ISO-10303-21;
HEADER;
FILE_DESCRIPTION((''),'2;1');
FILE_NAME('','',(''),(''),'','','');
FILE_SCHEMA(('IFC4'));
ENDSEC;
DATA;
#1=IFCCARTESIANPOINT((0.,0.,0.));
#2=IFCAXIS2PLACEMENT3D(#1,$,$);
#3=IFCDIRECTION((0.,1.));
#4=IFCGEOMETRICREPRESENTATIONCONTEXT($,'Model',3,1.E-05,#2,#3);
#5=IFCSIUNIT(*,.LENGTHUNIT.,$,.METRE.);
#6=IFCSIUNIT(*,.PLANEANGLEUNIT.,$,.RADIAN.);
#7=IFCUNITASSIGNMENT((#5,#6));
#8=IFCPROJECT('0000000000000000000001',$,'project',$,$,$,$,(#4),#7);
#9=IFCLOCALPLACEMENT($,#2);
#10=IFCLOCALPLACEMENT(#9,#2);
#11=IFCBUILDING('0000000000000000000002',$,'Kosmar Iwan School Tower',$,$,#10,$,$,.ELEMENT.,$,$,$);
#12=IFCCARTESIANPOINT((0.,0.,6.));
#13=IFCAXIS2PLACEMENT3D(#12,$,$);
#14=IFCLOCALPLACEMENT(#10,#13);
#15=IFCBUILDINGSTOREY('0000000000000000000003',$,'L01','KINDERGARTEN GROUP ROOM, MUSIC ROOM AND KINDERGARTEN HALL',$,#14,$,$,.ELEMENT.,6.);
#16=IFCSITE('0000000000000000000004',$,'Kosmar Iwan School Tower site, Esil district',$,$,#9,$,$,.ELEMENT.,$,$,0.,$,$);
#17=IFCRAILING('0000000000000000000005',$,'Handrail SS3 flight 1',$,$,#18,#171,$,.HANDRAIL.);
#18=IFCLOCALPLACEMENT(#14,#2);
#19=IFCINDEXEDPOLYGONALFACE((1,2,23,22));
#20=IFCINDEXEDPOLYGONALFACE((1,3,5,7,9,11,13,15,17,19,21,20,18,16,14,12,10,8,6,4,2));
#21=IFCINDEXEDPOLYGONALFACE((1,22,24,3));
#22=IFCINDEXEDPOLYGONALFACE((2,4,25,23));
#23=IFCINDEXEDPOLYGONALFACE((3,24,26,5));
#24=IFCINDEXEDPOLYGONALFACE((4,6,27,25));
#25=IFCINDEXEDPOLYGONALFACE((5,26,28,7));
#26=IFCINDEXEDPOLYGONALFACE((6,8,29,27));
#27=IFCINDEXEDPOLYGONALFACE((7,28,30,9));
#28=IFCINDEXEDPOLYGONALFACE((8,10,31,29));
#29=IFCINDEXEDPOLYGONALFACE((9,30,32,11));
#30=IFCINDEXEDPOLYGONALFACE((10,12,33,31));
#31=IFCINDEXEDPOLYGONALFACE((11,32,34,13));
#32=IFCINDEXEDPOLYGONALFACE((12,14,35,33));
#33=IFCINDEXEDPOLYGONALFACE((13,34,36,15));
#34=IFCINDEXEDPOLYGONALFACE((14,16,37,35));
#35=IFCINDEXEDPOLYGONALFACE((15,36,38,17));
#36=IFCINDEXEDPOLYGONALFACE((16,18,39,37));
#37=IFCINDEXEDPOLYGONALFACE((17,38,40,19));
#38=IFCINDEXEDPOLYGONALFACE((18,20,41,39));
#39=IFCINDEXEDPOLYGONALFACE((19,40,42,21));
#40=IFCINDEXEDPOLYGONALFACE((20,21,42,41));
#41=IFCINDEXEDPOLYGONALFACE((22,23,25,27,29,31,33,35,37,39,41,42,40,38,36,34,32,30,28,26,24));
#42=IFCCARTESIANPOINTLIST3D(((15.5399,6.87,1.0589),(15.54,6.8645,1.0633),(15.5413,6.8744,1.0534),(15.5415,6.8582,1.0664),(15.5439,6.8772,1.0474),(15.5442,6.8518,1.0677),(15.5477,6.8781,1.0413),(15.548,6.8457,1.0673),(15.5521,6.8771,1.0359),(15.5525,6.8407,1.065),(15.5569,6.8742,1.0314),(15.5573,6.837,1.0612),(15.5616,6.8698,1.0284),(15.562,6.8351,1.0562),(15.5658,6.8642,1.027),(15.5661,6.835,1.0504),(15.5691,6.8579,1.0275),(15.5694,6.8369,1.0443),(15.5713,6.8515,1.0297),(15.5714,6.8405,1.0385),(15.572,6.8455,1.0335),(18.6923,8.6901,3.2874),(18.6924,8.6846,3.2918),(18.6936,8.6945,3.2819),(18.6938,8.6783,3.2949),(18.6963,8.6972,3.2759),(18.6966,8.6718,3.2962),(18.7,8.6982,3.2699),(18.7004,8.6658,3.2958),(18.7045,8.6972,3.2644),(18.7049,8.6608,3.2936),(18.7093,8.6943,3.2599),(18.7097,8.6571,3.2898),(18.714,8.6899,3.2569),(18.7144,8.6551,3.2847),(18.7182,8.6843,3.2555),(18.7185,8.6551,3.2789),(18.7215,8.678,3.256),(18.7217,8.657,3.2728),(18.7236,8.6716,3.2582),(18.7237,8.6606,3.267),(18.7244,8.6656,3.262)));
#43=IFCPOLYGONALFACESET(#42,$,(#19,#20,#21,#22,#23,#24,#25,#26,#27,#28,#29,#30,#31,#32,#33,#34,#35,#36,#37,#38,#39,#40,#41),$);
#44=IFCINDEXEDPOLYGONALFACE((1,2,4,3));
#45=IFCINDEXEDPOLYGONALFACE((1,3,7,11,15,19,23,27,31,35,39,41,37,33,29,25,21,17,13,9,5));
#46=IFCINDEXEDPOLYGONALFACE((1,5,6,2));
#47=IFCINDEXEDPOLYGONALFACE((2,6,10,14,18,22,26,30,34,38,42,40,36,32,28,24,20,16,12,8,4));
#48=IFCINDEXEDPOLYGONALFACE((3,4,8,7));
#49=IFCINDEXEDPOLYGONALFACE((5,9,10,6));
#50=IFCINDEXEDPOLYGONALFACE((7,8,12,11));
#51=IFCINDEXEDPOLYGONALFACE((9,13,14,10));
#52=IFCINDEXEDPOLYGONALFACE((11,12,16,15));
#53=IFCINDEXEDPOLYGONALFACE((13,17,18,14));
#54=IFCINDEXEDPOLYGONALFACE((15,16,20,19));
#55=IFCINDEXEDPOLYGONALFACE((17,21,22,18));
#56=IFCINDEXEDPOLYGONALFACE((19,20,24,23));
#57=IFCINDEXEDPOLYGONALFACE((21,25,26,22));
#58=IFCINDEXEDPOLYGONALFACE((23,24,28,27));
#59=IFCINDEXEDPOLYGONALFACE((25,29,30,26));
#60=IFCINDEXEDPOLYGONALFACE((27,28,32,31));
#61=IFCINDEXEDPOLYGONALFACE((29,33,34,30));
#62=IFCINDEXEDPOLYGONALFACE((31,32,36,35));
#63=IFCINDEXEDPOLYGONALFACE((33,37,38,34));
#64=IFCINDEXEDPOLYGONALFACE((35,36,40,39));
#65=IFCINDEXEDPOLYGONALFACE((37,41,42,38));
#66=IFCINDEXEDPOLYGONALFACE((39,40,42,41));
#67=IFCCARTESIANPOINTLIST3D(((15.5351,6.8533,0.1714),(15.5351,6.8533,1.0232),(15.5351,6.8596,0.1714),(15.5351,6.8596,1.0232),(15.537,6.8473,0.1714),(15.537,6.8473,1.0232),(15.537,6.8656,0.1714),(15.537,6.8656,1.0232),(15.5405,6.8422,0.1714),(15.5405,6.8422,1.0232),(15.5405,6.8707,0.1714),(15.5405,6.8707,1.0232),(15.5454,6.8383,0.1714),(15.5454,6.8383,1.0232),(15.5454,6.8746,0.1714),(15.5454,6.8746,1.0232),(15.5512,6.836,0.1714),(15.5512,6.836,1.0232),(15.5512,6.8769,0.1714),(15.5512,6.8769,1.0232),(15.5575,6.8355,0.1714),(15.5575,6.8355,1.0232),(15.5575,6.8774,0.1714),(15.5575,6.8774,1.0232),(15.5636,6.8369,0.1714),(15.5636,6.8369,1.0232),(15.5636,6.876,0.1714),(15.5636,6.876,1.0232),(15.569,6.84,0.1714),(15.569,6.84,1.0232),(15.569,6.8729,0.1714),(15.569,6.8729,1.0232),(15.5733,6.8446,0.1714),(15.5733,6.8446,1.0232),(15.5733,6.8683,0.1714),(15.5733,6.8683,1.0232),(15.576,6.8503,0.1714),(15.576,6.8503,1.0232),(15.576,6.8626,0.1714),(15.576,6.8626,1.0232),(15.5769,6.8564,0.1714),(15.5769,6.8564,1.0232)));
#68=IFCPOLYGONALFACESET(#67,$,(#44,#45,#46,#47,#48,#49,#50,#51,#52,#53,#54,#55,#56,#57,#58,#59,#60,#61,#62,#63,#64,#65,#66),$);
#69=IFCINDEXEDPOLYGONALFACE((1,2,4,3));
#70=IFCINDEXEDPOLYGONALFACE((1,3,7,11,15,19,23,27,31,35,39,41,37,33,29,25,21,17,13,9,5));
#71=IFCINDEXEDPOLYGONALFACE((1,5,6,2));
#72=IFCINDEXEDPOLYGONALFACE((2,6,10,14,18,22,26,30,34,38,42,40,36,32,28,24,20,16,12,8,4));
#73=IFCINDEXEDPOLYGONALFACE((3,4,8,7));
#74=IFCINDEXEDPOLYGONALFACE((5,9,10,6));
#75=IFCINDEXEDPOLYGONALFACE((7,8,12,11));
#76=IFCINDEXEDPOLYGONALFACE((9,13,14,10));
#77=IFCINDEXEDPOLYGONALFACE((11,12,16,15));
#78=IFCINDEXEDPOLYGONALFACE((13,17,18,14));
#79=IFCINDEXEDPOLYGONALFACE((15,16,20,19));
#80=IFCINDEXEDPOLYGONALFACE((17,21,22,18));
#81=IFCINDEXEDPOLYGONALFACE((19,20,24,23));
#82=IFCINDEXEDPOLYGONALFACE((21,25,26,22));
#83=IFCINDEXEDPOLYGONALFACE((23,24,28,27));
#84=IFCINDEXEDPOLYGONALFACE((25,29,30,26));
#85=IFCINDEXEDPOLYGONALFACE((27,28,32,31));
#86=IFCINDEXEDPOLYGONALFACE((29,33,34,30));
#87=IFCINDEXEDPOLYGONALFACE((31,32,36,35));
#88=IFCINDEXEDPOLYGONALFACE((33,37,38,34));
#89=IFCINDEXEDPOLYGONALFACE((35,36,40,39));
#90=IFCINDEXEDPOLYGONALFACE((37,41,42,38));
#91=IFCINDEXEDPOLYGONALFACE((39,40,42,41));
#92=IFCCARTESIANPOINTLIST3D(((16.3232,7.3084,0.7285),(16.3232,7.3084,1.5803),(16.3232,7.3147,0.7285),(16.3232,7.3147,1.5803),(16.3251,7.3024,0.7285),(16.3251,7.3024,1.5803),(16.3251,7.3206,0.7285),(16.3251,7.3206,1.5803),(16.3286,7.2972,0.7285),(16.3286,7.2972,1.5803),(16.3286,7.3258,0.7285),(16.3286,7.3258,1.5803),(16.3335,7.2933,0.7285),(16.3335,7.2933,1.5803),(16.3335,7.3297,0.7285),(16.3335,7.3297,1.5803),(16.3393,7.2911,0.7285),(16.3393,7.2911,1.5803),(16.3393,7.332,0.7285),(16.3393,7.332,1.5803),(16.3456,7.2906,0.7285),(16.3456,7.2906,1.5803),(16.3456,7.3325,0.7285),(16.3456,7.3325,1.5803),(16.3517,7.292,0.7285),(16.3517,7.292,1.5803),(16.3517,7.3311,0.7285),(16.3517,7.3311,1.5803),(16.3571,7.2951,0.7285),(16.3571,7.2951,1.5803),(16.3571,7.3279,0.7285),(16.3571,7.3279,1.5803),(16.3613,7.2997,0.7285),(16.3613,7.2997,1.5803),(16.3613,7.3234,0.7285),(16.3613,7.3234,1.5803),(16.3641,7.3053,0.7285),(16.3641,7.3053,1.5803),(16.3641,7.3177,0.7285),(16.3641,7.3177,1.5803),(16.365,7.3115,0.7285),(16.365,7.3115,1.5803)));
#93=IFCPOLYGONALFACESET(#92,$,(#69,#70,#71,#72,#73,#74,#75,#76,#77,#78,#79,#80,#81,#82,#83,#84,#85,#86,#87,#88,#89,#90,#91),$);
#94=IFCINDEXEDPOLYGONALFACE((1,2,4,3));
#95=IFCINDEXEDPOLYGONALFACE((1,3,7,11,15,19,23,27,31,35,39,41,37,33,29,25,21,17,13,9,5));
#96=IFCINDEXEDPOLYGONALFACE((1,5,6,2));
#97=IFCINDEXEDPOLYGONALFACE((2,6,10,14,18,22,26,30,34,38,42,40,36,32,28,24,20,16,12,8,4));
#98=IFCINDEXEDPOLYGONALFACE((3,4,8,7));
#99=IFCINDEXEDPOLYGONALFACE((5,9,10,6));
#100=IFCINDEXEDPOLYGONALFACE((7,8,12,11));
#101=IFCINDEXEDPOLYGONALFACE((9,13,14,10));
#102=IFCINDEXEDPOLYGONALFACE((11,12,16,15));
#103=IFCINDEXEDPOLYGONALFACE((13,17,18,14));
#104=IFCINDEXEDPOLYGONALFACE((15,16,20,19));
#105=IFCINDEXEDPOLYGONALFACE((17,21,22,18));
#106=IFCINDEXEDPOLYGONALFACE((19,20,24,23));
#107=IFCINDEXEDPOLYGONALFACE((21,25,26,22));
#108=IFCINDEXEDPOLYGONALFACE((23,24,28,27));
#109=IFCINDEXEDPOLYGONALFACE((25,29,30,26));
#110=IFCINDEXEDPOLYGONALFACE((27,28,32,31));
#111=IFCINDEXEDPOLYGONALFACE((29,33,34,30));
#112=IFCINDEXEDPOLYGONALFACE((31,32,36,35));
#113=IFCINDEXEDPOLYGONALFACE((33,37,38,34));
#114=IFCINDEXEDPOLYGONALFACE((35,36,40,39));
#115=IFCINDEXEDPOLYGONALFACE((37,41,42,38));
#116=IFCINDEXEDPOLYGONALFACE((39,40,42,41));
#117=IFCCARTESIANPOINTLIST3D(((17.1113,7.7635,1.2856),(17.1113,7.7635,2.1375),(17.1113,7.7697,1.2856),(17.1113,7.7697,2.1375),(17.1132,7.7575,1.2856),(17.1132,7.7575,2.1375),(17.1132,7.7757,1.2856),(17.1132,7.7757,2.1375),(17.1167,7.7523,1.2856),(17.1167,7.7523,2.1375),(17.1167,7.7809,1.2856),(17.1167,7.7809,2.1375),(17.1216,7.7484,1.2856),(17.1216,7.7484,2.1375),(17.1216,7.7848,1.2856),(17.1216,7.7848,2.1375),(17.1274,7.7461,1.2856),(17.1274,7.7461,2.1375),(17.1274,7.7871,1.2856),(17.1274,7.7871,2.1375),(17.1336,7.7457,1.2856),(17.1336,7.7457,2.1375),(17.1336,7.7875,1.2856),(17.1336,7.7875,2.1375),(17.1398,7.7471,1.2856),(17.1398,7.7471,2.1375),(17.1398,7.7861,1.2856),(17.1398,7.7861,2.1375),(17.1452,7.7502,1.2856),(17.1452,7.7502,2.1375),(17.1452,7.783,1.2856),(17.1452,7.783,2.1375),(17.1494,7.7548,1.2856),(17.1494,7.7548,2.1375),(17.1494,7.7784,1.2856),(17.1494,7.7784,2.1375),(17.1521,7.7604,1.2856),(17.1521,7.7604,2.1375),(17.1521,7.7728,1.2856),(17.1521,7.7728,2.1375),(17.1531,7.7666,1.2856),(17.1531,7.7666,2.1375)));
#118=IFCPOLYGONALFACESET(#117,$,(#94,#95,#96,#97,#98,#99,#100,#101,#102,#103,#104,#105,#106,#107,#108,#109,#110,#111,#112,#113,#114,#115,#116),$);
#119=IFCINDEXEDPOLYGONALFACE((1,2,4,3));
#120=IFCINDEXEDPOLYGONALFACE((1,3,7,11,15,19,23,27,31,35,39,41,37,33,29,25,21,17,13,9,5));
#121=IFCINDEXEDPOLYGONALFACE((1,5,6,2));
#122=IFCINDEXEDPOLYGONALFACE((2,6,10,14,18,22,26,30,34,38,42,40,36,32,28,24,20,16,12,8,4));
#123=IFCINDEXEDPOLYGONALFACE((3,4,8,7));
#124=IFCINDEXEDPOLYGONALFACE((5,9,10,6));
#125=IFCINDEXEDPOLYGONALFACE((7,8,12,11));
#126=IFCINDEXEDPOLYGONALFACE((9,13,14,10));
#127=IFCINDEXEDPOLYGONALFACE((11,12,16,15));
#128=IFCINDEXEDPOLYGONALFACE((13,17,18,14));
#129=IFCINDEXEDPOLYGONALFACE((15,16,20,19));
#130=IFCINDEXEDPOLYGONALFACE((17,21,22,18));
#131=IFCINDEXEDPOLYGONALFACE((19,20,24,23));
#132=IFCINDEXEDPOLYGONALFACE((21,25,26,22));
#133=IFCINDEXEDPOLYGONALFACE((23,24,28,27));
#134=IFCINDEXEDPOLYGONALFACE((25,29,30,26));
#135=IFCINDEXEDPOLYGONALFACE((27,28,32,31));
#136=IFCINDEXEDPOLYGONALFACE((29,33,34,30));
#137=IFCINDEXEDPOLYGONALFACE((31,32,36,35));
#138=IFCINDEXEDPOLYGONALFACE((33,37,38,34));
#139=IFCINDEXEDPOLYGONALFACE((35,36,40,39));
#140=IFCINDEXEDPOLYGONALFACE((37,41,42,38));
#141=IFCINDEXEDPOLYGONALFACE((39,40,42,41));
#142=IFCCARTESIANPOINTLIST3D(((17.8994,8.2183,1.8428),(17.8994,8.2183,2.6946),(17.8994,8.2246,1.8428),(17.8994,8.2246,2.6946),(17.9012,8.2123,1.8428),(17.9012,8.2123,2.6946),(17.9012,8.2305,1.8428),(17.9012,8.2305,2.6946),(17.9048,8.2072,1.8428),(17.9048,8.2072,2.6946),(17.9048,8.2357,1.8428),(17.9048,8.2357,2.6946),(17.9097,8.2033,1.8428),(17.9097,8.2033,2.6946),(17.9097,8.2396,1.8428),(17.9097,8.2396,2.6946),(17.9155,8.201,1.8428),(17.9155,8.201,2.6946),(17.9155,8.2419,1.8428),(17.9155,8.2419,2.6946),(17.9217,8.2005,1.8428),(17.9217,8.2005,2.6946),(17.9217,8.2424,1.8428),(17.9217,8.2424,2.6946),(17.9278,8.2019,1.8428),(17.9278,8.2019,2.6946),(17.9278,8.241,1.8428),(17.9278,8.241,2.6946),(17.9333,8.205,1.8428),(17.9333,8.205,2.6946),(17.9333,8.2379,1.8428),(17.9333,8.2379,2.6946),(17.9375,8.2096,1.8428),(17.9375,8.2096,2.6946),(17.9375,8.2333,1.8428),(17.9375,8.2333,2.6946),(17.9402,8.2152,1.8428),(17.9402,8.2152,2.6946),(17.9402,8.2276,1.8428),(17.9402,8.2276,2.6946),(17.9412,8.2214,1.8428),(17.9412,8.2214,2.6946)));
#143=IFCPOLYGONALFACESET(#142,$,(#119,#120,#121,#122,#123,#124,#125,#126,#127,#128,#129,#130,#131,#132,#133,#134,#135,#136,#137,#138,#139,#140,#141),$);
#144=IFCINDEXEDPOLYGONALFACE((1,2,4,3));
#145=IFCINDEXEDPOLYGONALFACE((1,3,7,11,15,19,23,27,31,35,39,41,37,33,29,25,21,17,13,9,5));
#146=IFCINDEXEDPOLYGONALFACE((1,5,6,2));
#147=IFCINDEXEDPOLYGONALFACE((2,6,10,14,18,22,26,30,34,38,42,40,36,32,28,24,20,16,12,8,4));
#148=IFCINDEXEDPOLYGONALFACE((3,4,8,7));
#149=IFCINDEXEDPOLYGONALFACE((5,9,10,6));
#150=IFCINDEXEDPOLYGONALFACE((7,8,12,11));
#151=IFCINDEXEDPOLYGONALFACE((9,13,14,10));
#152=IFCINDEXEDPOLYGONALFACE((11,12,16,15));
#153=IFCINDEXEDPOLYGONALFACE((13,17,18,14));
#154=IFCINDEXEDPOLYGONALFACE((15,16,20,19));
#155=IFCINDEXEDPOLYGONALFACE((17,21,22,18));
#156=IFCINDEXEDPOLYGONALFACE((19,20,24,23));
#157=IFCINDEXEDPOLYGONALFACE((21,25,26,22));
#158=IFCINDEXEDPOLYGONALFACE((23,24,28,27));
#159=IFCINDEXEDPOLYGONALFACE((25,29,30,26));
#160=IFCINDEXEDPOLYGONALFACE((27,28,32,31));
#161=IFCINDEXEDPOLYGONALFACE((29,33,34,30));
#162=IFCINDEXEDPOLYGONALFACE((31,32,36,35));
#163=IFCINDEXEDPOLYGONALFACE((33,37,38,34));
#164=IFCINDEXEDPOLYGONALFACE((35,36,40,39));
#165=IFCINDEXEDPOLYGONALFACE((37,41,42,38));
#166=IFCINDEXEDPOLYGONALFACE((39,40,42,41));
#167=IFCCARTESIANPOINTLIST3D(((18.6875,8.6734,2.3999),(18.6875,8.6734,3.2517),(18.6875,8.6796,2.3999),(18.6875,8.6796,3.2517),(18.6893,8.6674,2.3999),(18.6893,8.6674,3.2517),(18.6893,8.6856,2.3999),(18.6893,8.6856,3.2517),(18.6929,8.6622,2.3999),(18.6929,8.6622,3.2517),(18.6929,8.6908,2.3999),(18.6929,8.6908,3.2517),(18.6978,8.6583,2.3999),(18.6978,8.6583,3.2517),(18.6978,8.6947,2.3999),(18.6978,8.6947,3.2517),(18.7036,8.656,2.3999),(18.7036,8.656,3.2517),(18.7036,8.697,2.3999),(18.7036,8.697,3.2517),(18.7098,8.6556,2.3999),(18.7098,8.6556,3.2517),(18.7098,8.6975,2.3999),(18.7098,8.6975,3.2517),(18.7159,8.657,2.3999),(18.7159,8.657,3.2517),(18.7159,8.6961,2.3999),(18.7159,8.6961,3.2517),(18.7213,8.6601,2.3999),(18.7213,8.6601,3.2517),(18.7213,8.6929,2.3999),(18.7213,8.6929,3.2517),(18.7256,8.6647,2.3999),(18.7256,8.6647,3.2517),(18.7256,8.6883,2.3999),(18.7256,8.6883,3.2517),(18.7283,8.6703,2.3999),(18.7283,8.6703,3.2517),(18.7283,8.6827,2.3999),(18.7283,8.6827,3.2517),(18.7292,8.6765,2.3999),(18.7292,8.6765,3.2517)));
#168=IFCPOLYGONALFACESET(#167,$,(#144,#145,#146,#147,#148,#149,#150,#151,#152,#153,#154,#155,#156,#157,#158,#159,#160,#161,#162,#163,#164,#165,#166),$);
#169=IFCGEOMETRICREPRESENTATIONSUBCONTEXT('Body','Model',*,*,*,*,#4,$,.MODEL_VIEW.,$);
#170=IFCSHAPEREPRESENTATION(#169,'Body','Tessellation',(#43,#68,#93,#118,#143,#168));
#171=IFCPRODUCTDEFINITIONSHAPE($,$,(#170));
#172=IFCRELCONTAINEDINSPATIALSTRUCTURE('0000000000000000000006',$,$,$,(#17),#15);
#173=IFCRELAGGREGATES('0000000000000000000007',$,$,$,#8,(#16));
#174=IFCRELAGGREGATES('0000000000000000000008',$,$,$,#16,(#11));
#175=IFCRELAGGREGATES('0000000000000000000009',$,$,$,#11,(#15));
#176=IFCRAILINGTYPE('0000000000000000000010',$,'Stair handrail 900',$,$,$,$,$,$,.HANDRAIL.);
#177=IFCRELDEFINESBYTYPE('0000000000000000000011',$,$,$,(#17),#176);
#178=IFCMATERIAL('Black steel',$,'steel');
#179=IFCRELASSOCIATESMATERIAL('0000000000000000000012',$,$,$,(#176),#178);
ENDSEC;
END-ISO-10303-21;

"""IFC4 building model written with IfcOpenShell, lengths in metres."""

from ifc_helpers import new_model, si_unit, direction, frame, origin, origin_2d, place, context, subcontext, project, spatial, circle, extrude, material, type_object, element, save


model = new_model("IFC4")

# Units and contexts
model_context = context("Model", 3, precision=1e-05, world=origin(), true_north=direction((0.0, 1.0)))
body_context = subcontext(model_context, "Body", "Model", "MODEL_VIEW")
ifc_project = project(units=[si_unit("LENGTHUNIT", "METRE"), si_unit("PLANEANGLEUNIT", "RADIAN")], contexts=[model_context])

# Site, building, storey
site_placement = place(None, origin())
site = spatial("IfcSite", under=ifc_project, at=site_placement, Name="Kosmar Iwan School Tower site, Esil district", CompositionType="ELEMENT", RefElevation=0.0)
building_placement = place(site_placement, origin())
building = spatial("IfcBuilding", under=site, at=building_placement, Name="Kosmar Iwan School Tower", CompositionType="ELEMENT")
storey_placement = place(building_placement, frame((0.0, 0.0, 6.0)))
storey = spatial("IfcBuildingStorey", under=building, at=storey_placement, Name="L01", Description="KINDERGARTEN GROUP ROOM, MUSIC ROOM AND KINDERGARTEN HALL", CompositionType="ELEMENT", Elevation=6.0)

# Railing
ifc_material_1 = material(Name="Black steel", Category="steel")
railing_type = type_object("IfcRailingType", Name="Stair handrail 900", PredefinedType="HANDRAIL", material=ifc_material_1)
railing_1_placement = place(storey_placement, frame((15.5559, 6.8564, 0.1714)))
element("IfcRailing", 1, at=railing_1_placement, inside=storey, type_object=railing_type, Name="Handrail SS3 flight 1", PredefinedType="HANDRAIL", context=body_context, shape_type="SweptSolid", body=[
    extrude(circle(Radius=0.0239, at=origin_2d()), frame((0.0, 0.0, 0.876), z_axis=(0.738592, 0.426441, 0.52214), x_axis=(-0.500013, 0.866018, 0.0)), (0.0, 0.0, 1.0), 4.2681),
    extrude(circle(Radius=0.021, at=origin_2d()), origin(), (0.0, 0.0, 1.0), 0.8518),
    extrude(circle(Radius=0.021, at=origin_2d()), frame((0.7881, 0.4551, 0.5571)), (0.0, 0.0, 1.0), 0.8518),
    extrude(circle(Radius=0.021, at=origin_2d()), frame((1.5762, 0.9102, 1.1143)), (0.0, 0.0, 1.0), 0.8518),
    extrude(circle(Radius=0.021, at=origin_2d()), frame((2.3643, 1.365, 1.6714)), (0.0, 0.0, 1.0), 0.8518),
    extrude(circle(Radius=0.021, at=origin_2d()), frame((3.1523, 1.8201, 2.2285)), (0.0, 0.0, 1.0), 0.8518),
])

save(model, "model.ifc")
